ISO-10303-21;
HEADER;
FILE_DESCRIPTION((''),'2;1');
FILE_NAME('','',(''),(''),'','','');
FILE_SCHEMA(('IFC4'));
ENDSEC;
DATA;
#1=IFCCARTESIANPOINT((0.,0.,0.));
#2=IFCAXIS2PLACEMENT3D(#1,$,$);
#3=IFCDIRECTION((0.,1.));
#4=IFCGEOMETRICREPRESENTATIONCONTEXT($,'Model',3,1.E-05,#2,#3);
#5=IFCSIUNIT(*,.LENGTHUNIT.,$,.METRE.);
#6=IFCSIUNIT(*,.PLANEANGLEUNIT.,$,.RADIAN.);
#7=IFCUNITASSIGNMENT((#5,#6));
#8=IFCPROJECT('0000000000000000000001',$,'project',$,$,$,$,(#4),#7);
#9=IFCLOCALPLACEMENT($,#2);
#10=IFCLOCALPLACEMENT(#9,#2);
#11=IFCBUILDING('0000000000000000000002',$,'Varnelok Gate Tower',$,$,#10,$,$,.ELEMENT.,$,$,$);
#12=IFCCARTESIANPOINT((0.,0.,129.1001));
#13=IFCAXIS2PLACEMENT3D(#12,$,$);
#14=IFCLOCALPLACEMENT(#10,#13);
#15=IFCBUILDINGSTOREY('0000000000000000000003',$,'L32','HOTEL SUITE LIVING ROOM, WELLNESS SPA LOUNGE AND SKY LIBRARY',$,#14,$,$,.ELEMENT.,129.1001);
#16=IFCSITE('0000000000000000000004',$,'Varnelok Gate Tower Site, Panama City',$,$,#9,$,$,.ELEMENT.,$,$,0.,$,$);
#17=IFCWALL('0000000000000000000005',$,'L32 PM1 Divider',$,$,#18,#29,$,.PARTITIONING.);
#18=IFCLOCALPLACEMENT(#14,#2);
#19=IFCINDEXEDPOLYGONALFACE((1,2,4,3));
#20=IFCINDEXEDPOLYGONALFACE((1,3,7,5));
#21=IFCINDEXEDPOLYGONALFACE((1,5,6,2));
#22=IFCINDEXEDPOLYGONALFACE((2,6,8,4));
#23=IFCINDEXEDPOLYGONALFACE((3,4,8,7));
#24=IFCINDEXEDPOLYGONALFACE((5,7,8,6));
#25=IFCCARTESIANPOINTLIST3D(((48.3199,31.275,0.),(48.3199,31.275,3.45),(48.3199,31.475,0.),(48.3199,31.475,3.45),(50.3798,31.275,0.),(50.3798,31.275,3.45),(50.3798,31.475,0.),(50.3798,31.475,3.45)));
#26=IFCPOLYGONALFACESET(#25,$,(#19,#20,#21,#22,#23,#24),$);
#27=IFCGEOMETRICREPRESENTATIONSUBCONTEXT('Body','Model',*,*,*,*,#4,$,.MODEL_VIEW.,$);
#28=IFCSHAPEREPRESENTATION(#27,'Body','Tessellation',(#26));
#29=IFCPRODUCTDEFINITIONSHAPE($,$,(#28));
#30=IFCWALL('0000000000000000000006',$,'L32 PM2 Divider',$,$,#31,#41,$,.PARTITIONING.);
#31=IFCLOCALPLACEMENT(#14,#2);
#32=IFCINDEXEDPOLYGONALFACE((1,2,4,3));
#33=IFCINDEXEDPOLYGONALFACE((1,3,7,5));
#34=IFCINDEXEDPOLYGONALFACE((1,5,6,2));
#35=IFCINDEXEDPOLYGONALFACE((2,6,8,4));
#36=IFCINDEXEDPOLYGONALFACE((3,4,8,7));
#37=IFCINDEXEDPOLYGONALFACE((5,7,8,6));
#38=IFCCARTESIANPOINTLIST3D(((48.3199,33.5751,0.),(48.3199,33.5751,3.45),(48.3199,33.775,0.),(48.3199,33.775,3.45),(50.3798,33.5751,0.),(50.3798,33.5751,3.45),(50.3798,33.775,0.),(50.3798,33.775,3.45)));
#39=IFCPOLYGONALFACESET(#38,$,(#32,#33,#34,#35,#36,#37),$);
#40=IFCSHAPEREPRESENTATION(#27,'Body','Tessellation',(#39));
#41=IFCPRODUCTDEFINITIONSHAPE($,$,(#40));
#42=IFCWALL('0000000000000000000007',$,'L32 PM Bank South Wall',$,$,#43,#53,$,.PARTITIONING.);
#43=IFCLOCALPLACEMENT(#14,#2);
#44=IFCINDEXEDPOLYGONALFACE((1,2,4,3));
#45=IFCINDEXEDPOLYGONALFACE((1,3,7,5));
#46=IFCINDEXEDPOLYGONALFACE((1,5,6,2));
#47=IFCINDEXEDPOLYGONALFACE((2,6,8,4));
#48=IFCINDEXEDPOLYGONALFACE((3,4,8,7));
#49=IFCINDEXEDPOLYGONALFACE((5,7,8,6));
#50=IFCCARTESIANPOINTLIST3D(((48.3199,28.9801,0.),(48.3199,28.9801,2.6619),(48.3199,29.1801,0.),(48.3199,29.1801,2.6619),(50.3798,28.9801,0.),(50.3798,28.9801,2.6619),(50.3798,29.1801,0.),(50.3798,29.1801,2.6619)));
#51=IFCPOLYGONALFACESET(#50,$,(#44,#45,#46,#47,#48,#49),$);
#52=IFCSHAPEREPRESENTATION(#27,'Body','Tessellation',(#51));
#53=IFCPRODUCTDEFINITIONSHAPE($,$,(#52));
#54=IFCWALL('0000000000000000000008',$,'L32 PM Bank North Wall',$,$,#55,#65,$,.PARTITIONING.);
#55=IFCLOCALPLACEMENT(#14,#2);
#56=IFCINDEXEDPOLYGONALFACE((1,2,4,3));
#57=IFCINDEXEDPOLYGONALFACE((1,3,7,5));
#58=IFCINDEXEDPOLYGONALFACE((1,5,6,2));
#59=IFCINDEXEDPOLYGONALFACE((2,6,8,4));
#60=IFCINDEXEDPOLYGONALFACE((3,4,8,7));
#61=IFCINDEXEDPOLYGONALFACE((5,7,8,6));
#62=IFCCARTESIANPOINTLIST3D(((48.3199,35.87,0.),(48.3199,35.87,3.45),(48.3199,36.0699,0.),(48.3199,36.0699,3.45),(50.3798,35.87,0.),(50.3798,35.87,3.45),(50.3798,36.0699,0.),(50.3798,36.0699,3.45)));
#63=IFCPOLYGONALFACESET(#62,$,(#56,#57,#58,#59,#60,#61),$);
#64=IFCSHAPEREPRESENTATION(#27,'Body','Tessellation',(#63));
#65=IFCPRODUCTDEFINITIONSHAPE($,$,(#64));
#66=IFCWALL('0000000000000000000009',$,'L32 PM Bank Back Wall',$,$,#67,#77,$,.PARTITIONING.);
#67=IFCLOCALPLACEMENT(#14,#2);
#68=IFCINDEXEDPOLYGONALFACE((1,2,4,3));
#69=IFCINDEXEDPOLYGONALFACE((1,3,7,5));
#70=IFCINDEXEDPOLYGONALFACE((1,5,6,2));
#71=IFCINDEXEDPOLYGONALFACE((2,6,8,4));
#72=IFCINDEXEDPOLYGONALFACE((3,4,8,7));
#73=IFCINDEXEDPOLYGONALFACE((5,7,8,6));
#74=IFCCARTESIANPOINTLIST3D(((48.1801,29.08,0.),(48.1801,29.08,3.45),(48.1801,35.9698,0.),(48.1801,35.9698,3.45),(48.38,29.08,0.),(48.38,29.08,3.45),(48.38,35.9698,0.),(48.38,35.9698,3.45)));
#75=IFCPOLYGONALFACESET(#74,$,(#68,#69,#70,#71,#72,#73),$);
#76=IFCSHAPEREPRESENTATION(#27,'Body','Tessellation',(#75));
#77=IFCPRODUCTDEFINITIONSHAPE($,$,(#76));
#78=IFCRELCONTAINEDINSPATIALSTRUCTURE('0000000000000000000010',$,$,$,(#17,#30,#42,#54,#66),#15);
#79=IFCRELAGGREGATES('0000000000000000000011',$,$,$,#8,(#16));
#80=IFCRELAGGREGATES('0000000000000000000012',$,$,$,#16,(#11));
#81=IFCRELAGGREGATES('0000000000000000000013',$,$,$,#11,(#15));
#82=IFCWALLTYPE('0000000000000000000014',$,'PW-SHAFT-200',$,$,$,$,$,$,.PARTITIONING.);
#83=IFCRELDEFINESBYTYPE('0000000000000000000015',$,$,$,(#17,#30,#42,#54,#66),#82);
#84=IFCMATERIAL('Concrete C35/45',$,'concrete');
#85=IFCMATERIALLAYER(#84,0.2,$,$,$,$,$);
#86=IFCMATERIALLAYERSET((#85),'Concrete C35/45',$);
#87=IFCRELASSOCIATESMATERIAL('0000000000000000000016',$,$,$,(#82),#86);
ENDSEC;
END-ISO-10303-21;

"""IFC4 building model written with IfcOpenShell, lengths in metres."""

from ifc_helpers import new_model, si_unit, direction, frame, frame_2d, origin, place, context, subcontext, project, spatial, rectangle, extrude, material, layer, layer_set, type_object, element, save


model = new_model("IFC4")

# Units and contexts
model_context = context("Model", 3, precision=1e-05, world=origin(), true_north=direction((0.0, 1.0)))
body_context = subcontext(model_context, "Body", "Model", "MODEL_VIEW")
ifc_project = project(units=[si_unit("LENGTHUNIT", "METRE"), si_unit("PLANEANGLEUNIT", "RADIAN")], contexts=[model_context])

# Site, building, storey
site_placement = place(None, origin())
site = spatial("IfcSite", under=ifc_project, at=site_placement, Name="Varnelok Gate Tower Site, Panama City", CompositionType="ELEMENT", RefElevation=0.0)
building_placement = place(site_placement, origin())
building = spatial("IfcBuilding", under=site, at=building_placement, Name="Varnelok Gate Tower", CompositionType="ELEMENT")
storey_placement = place(building_placement, frame((0.0, 0.0, 129.1001)))
storey = spatial("IfcBuildingStorey", under=building, at=storey_placement, Name="L32", Description="HOTEL SUITE LIVING ROOM, WELLNESS SPA LOUNGE AND SKY LIBRARY", CompositionType="ELEMENT", Elevation=129.1001)

# Walls
ifc_material_1 = material(Name="Concrete C35/45", Category="concrete")
ifc_layer_1 = layer(ifc_material_1, 0.2)
ifc_layer_set_1 = layer_set([ifc_layer_1], Name="Concrete C35/45")
wall_type_1 = type_object("IfcWallType", Name="PW-SHAFT-200", PredefinedType="PARTITIONING", material=ifc_layer_set_1)
for number, where, z_axis, x_axis, name in (
    (1, (48.3201, 31.375, 0.0), (0.0, 0.0, 1.0), (1.0, 0.0, 0.0), "L32 PM1 Divider"),
    (2, (48.3201, 33.675, 0.0), (0.0, 0.0, 1.0), (1.0, 0.0, 0.0), "L32 PM2 Divider"),
):
    element("IfcWall", number, at=place(storey_placement, frame(where, z_axis=z_axis, x_axis=x_axis)), inside=storey, type_object=wall_type_1, Name=name, PredefinedType="PARTITIONING", context=body_context, shape_type="SweptSolid", body=[
        extrude(rectangle(XDim=2.0598, YDim=0.2, at=frame_2d((1.0298, 0.0))), origin(), (0.0, 0.0, 1.0), 3.45),
    ])
wall_1_placement = place(storey_placement, frame((48.3201, 29.0801, 0.0), z_axis=(0.0, 0.0, 1.0), x_axis=(1.0, 0.0, 0.0)))
element("IfcWall", 3, at=wall_1_placement, inside=storey, type_object=wall_type_1, Name="L32 PM Bank South Wall", PredefinedType="PARTITIONING", context=body_context, shape_type="SweptSolid", body=[
    extrude(rectangle(XDim=2.0598, YDim=0.2, at=frame_2d((1.0298, 0.0))), origin(), (0.0, 0.0, 1.0), 2.6619),
])
wall_2_placement = place(storey_placement, frame((48.3201, 35.97, 0.0), z_axis=(0.0, 0.0, 1.0), x_axis=(1.0, 0.0, 0.0)))
element("IfcWall", 4, at=wall_2_placement, inside=storey, type_object=wall_type_1, Name="L32 PM Bank North Wall", PredefinedType="PARTITIONING", context=body_context, shape_type="SweptSolid", body=[
    extrude(rectangle(XDim=2.0598, YDim=0.2, at=frame_2d((1.0298, 0.0))), origin(), (0.0, 0.0, 1.0), 3.45),
])
wall_3_placement = place(storey_placement, frame((48.28, 29.0801, 0.0), z_axis=(0.0, 0.0, 1.0), x_axis=(0.0, 1.0, 0.0)))
element("IfcWall", 5, at=wall_3_placement, inside=storey, type_object=wall_type_1, Name="L32 PM Bank Back Wall", PredefinedType="PARTITIONING", context=body_context, shape_type="SweptSolid", body=[
    extrude(rectangle(XDim=6.8899, YDim=0.2, at=frame_2d((3.4448, 0.0))), origin(), (0.0, 0.0, 1.0), 3.45),
])

save(model, "model.ifc")
